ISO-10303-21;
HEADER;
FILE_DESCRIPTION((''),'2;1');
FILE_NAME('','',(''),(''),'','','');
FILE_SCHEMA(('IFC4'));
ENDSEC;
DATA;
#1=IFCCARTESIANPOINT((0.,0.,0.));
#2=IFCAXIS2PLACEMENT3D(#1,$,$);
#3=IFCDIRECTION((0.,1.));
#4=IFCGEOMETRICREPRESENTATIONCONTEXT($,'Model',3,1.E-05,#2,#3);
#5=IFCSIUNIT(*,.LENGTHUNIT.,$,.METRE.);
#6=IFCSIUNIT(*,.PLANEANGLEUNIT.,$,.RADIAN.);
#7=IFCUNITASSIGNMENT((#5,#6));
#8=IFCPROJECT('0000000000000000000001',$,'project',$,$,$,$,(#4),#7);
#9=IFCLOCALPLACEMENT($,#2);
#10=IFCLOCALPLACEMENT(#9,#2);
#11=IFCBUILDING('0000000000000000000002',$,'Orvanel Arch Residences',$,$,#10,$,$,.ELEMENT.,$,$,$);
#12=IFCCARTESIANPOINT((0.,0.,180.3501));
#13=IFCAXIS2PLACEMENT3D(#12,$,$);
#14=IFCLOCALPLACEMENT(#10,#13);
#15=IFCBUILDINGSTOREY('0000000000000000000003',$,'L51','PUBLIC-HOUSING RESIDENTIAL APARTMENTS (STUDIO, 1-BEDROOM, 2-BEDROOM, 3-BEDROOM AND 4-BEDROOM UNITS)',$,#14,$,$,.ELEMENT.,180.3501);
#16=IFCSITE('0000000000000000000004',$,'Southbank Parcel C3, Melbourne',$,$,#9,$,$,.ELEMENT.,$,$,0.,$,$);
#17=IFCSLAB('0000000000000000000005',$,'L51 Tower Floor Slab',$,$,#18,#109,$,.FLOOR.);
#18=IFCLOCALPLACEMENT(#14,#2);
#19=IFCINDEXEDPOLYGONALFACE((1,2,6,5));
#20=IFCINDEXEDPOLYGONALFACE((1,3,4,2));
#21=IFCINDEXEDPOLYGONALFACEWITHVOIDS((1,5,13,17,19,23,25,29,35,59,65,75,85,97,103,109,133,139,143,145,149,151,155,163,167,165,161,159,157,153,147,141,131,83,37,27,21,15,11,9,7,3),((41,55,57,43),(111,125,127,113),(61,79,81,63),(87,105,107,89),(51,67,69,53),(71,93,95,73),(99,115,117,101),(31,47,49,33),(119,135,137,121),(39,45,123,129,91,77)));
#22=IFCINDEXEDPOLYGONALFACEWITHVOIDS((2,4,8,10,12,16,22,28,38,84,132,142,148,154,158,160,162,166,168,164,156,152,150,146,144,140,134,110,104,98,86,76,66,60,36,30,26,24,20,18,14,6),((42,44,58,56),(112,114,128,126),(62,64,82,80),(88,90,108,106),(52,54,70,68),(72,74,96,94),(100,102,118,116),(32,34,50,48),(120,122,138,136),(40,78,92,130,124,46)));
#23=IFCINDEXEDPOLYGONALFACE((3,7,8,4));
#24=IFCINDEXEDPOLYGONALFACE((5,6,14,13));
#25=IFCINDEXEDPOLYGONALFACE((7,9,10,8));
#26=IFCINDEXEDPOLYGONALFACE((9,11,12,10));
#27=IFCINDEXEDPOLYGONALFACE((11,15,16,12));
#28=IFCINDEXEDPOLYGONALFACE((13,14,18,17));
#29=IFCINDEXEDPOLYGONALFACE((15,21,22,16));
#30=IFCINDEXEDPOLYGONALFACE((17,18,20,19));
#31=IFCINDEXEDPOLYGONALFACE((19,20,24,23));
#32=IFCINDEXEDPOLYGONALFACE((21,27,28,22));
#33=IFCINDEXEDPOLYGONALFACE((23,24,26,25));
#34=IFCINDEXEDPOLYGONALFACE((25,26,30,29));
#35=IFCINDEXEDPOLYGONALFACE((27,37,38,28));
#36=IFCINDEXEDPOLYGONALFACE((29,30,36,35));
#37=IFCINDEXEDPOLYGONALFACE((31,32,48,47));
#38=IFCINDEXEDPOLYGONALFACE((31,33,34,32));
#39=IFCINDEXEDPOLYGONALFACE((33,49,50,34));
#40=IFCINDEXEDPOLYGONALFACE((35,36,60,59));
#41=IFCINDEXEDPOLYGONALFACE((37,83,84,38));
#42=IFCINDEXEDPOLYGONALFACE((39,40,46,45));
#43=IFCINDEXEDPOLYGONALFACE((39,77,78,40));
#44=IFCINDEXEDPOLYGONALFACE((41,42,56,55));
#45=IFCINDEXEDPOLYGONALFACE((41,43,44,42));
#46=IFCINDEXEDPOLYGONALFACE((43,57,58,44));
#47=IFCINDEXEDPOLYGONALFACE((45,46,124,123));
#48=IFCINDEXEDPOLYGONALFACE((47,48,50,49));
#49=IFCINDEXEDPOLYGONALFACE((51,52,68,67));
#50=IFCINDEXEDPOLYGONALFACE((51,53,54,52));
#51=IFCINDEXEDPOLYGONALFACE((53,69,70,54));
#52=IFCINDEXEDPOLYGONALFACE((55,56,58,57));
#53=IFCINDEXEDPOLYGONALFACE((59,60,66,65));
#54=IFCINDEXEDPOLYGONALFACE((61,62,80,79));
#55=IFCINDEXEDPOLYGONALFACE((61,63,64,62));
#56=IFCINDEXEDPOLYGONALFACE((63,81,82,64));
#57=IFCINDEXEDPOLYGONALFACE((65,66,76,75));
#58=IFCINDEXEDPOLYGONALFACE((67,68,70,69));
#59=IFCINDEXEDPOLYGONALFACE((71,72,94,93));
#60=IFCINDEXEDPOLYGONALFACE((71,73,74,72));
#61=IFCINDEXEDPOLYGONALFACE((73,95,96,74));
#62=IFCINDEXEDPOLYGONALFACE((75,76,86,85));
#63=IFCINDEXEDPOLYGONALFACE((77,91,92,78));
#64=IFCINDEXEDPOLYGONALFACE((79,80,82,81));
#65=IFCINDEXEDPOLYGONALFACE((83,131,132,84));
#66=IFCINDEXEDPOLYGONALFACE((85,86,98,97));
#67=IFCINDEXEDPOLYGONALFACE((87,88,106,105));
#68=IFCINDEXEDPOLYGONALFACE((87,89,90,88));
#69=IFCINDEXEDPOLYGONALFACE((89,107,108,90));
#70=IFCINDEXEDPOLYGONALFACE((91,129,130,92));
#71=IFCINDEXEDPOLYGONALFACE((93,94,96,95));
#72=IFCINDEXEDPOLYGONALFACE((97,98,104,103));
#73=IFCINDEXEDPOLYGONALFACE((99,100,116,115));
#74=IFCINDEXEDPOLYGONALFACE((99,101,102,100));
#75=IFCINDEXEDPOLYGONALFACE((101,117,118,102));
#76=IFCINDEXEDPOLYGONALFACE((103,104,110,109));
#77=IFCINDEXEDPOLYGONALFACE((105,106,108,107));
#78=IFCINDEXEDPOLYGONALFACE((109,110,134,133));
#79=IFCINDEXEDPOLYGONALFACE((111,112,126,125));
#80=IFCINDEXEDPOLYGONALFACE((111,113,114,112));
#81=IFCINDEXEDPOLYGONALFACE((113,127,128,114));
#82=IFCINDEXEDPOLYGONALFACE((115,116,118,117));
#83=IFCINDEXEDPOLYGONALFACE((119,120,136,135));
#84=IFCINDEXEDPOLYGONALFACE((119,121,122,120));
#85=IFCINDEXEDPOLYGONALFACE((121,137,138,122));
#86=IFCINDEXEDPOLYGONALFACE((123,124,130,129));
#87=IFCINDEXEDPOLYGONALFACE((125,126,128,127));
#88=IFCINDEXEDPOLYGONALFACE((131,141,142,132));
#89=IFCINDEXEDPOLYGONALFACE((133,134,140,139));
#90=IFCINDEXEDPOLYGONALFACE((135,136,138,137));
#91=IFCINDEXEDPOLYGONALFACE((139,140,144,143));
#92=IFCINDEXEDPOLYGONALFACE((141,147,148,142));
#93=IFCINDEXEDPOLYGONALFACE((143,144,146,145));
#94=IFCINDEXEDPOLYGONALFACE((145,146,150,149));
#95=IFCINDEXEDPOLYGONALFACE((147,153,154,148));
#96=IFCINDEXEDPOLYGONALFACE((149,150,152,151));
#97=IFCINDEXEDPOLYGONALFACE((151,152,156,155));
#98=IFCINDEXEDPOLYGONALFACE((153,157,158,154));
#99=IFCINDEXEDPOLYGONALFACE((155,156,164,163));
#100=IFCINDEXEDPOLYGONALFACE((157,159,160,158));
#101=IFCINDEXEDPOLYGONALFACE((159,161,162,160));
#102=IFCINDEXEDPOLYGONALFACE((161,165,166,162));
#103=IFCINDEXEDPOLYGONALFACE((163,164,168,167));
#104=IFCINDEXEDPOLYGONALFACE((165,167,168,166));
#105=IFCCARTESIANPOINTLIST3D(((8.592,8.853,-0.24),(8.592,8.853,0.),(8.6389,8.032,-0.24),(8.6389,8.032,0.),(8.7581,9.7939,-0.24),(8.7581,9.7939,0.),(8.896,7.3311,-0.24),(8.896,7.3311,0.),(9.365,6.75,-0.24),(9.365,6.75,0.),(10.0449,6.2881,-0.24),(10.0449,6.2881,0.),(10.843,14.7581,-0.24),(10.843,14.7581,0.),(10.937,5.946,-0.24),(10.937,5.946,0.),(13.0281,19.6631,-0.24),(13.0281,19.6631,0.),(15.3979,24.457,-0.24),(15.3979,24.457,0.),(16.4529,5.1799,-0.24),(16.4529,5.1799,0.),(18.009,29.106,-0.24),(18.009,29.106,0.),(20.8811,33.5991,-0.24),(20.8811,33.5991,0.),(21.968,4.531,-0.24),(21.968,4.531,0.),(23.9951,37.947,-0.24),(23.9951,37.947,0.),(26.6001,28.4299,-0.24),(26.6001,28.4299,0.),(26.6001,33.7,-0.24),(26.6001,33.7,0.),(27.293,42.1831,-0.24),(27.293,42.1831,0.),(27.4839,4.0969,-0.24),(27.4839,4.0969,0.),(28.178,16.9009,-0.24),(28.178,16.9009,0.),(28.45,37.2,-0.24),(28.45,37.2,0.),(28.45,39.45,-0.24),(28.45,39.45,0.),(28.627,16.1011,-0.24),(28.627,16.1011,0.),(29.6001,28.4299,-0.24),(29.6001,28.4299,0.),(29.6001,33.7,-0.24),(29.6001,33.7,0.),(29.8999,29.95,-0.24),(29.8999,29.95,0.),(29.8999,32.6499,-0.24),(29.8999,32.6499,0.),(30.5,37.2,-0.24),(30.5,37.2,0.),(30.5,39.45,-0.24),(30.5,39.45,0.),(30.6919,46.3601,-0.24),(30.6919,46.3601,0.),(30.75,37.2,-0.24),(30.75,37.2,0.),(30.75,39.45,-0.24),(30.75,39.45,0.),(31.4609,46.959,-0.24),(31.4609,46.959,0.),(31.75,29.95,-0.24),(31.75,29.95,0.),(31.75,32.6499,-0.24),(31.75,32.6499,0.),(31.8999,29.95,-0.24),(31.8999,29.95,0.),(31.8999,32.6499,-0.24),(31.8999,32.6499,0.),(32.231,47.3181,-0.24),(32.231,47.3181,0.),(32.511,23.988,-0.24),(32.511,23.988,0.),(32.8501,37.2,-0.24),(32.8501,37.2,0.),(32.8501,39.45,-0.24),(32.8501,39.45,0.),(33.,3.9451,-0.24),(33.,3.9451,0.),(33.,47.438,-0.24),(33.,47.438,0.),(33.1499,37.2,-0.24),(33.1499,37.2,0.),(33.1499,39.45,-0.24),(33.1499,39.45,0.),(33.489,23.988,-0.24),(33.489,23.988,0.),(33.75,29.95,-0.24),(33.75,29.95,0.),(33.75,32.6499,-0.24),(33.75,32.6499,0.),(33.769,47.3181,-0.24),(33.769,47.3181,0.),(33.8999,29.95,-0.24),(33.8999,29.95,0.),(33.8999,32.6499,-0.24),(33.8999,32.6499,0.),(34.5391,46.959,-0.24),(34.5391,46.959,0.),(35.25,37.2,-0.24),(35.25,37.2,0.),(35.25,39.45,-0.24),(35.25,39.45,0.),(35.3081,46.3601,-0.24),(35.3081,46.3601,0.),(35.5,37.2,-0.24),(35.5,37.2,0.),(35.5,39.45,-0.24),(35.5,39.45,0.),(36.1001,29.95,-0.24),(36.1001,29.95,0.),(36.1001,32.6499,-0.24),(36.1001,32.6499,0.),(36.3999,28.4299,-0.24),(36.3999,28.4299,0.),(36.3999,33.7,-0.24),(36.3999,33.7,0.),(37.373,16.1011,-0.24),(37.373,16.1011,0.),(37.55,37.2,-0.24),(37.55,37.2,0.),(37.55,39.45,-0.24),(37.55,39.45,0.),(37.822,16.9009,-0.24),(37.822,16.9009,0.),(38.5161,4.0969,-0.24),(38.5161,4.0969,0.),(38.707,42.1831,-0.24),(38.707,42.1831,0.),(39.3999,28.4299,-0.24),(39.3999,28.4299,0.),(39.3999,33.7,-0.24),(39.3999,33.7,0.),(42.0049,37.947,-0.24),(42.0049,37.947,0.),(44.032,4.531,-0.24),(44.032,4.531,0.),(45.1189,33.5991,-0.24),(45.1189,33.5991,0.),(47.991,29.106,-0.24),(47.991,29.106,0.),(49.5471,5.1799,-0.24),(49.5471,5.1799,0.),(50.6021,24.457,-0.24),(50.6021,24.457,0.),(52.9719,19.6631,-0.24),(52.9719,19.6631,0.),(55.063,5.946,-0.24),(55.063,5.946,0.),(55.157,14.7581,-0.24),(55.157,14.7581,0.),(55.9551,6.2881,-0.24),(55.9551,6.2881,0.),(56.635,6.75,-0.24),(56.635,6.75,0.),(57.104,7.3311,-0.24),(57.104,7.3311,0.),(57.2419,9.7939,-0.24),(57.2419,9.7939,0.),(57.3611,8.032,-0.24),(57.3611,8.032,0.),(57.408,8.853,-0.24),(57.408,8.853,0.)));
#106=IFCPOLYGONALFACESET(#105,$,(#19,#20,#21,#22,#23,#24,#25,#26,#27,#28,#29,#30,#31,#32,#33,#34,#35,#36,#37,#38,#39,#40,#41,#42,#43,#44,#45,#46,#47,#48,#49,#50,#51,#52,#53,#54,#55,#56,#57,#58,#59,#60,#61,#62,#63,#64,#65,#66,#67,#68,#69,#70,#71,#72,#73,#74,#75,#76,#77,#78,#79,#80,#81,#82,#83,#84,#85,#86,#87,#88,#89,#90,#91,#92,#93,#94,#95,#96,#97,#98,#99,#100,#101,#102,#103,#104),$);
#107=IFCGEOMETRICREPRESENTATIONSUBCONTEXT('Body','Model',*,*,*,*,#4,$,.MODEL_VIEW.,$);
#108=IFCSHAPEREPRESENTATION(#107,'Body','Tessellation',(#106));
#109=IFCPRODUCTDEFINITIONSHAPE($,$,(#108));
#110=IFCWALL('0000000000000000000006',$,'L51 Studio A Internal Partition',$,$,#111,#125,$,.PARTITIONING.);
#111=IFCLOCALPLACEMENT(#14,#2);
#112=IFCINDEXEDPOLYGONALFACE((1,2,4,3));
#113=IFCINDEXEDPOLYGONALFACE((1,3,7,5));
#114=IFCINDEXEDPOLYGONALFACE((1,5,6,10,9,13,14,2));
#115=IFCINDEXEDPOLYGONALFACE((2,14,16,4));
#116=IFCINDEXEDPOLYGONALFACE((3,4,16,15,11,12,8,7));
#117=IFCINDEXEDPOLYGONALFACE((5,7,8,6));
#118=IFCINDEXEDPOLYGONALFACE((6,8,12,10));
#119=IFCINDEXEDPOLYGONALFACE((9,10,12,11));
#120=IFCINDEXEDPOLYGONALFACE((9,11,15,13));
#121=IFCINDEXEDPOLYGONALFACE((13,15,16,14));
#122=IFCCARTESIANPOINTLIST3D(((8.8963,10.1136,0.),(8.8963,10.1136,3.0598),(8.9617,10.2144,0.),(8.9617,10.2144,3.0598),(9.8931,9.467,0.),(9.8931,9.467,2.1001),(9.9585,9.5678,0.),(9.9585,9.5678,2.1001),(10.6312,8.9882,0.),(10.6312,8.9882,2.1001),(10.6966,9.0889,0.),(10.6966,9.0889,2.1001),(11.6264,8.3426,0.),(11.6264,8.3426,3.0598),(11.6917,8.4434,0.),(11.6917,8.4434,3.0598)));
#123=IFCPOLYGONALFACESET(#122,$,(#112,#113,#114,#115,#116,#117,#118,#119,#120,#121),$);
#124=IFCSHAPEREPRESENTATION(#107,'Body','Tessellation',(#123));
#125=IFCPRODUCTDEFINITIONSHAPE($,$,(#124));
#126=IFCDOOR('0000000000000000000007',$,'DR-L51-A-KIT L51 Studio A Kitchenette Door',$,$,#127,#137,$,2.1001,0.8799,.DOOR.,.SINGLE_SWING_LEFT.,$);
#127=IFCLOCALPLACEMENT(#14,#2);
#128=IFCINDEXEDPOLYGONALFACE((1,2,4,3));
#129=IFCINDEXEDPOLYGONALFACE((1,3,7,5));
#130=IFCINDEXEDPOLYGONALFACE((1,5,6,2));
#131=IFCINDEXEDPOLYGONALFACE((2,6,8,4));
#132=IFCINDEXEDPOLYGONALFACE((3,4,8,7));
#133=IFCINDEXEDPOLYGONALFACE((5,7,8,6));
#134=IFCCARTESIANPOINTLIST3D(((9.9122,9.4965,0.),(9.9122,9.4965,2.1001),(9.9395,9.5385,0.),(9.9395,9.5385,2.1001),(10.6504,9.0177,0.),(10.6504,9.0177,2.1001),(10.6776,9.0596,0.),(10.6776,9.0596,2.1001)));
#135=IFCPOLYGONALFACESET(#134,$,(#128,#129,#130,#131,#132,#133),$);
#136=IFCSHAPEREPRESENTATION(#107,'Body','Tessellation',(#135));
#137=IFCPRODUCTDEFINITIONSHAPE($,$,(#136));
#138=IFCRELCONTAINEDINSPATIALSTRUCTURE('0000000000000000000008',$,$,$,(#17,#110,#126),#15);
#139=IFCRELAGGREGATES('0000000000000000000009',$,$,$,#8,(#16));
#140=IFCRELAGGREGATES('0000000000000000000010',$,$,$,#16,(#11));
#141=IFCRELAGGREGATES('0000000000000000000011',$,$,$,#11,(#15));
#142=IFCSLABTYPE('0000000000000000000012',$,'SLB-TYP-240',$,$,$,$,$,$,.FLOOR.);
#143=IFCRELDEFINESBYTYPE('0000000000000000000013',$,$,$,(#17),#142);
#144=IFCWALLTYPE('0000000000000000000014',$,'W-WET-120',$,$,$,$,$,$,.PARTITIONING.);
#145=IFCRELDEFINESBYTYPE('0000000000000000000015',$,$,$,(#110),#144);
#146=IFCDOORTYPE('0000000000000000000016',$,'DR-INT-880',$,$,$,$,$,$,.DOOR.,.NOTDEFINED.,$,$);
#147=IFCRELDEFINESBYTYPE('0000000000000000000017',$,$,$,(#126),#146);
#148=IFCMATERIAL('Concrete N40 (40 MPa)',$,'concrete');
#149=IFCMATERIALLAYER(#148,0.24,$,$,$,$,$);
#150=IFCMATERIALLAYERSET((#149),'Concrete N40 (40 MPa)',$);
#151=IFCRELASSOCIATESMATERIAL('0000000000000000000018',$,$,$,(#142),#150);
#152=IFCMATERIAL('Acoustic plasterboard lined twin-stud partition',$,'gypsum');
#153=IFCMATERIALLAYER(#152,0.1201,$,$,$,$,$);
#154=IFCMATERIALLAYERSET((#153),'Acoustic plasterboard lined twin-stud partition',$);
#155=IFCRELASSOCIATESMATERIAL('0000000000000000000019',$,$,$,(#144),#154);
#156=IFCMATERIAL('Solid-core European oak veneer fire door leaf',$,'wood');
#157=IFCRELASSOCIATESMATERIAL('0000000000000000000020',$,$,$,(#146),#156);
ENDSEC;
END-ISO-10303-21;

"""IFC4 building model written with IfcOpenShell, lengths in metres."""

from ifc_helpers import new_model, si_unit, direction, frame, frame_2d, origin, place, context, subcontext, project, spatial, polyline, rectangle, outline, extrude, material, layer, layer_set, type_object, element, fill, save


model = new_model("IFC4")

# Units and contexts
model_context = context("Model", 3, precision=1e-05, world=origin(), true_north=direction((0.0, 1.0)))
body_context = subcontext(model_context, "Body", "Model", "MODEL_VIEW")
ifc_project = project(units=[si_unit("LENGTHUNIT", "METRE"), si_unit("PLANEANGLEUNIT", "RADIAN")], contexts=[model_context])

# Site, building, storey
site_placement = place(None, origin())
site = spatial("IfcSite", under=ifc_project, at=site_placement, Name="Southbank Parcel C3, Melbourne", CompositionType="ELEMENT", RefElevation=0.0)
building_placement = place(site_placement, origin())
building = spatial("IfcBuilding", under=site, at=building_placement, Name="Orvanel Arch Residences", CompositionType="ELEMENT")
storey_placement = place(building_placement, frame((0.0, 0.0, 180.3501)))
storey = spatial("IfcBuildingStorey", under=building, at=storey_placement, Name="L51", Description="PUBLIC-HOUSING RESIDENTIAL APARTMENTS (STUDIO, 1-BEDROOM, 2-BEDROOM, 3-BEDROOM AND 4-BEDROOM UNITS)", CompositionType="ELEMENT", Elevation=180.3501)

# Shared definitions
ifc_material_1 = material(Name="Concrete N40 (40 MPa)", Category="concrete")

# Slab
ifc_layer_1 = layer(ifc_material_1, 0.24)
ifc_layer_set_1 = layer_set([ifc_layer_1], Name="Concrete N40 (40 MPa)")
slab_type_1 = type_object("IfcSlabType", Name="SLB-TYP-240", PredefinedType="FLOOR", material=ifc_layer_set_1)
slab_1_placement = place(storey_placement, frame((0.0, 0.0, -0.24)))
element("IfcSlab", 1, at=slab_1_placement, inside=storey, type_object=slab_type_1, Name="L51 Tower Floor Slab", PredefinedType="FLOOR", context=body_context, shape_type="SweptSolid", body=[
    extrude(outline(polyline([(35.3081, 46.3601), (34.5391, 46.959), (33.769, 47.3181), (33.0, 47.438), (32.231, 47.3181), (31.4609, 46.959), (30.6919, 46.3601), (27.293, 42.1831), (23.9951, 37.947), (20.8811, 33.5991), (18.009, 29.106), (15.3979, 24.457), (13.0281, 19.6631), (10.843, 14.7581), (8.7581, 9.7939), (8.592, 8.853), (8.6389, 8.032), (8.896, 7.3311), (9.365, 6.75), (10.0449, 6.2881), (10.937, 5.946), (16.4529, 5.1799), (21.968, 4.531), (27.4839, 4.0969), (33.0, 3.9451), (38.5161, 4.0969), (44.032, 4.531), (49.5471, 5.1799), (55.063, 5.946), (55.9551, 6.2881), (56.635, 6.75), (57.104, 7.3311), (57.3611, 8.032), (57.408, 8.853), (57.2419, 9.7939), (55.157, 14.7581), (52.9719, 19.6631), (50.6021, 24.457), (47.991, 29.106), (45.1189, 33.5991), (42.0049, 37.947), (38.707, 42.1831), (35.3081, 46.3601)]), holes=[polyline([(26.6001, 28.4299), (26.6001, 33.7), (29.6001, 33.7), (29.6001, 28.4299), (26.6001, 28.4299)]), polyline([(36.3999, 28.4299), (36.3999, 33.7), (39.3999, 33.7), (39.3999, 28.4299), (36.3999, 28.4299)]), polyline([(29.8999, 32.6499), (31.75, 32.6499), (31.75, 29.95), (29.8999, 29.95), (29.8999, 32.6499)]), polyline([(31.8999, 32.6499), (33.75, 32.6499), (33.75, 29.95), (31.8999, 29.95), (31.8999, 32.6499)]), polyline([(33.8999, 32.6499), (36.1001, 32.6499), (36.1001, 29.95), (33.8999, 29.95), (33.8999, 32.6499)]), polyline([(28.45, 39.45), (30.5, 39.45), (30.5, 37.2), (28.45, 37.2), (28.45, 39.45)]), polyline([(35.5, 39.45), (37.55, 39.45), (37.55, 37.2), (35.5, 37.2), (35.5, 39.45)]), polyline([(30.75, 39.45), (32.8501, 39.45), (32.8501, 37.2), (30.75, 37.2), (30.75, 39.45)]), polyline([(33.1499, 39.45), (35.25, 39.45), (35.25, 37.2), (33.1499, 37.2), (33.1499, 39.45)]), polyline([(37.822, 16.9009), (37.373, 16.1011), (28.627, 16.1011), (28.178, 16.9009), (32.511, 23.988), (33.489, 23.988), (37.822, 16.9009)])]), origin(), (0.0, 0.0, 1.0), 0.24),
])

# Wall, opening, door
ifc_material_2 = material(Name="Acoustic plasterboard lined twin-stud partition", Category="gypsum")
ifc_layer_2 = layer(ifc_material_2, 0.1201)
ifc_layer_set_2 = layer_set([ifc_layer_2], Name="Acoustic plasterboard lined twin-stud partition")
wall_type = type_object("IfcWallType", Name="W-WET-120", PredefinedType="PARTITIONING", material=ifc_layer_set_2)
wall_placement = place(storey_placement, frame((11.6589, 8.3931, 0.0), z_axis=(0.0, 0.0, 1.0), x_axis=(-0.838934, 0.544234, 0.0)))
wall = element("IfcWall", 2, at=wall_placement, inside=storey, type_object=wall_type, Name="L51 Studio A Internal Partition", PredefinedType="PARTITIONING", context=body_context, shape_type="SweptSolid", body=[
    extrude(rectangle(XDim=3.2542, YDim=0.1201, at=frame_2d((1.627, 0.0))), origin(), (0.0, 0.0, 1.0), 3.0598),
])
opening_placement = place(wall_placement, frame((1.186, 0.0, 0.0)))
opening = element("IfcOpeningElement", 3, at=opening_placement, cuts=wall, PredefinedType="OPENING", context=body_context, shape_type="SweptSolid", body=[
    extrude(rectangle(XDim=0.8799, YDim=2.1001, at=frame_2d((0.4399, 1.05))), frame((0.0, 0.0701, 0.0), z_axis=(0.0, -1.0, 0.0), x_axis=(1.0, 0.0, 0.0)), (0.0, 0.0, 1.0), 0.1401),
])
ifc_material_3 = material(Name="Solid-core European oak veneer fire door leaf", Category="wood")
door_type = type_object("IfcDoorType", Name="DR-INT-880", OperationType="NOTDEFINED", PredefinedType="DOOR", material=ifc_material_3)
door_placement = place(opening_placement, origin())
door = element("IfcDoor", 4, at=door_placement, inside=storey, type_object=door_type, Name="DR-L51-A-KIT L51 Studio A Kitchenette Door", OperationType="SINGLE_SWING_LEFT", OverallHeight=2.1001, OverallWidth=0.8799, PredefinedType="DOOR", context=body_context, shape_type="SweptSolid", body=[
    extrude(rectangle(XDim=0.8799, YDim=2.1001, at=frame_2d((0.4399, 1.05))), frame((0.0, 0.0249, 0.0), z_axis=(0.0, -1.0, 0.0), x_axis=(1.0, 0.0, 0.0)), (0.0, 0.0, 1.0), 0.05),
])
fill(opening, door)

save(model, "model.ifc")
